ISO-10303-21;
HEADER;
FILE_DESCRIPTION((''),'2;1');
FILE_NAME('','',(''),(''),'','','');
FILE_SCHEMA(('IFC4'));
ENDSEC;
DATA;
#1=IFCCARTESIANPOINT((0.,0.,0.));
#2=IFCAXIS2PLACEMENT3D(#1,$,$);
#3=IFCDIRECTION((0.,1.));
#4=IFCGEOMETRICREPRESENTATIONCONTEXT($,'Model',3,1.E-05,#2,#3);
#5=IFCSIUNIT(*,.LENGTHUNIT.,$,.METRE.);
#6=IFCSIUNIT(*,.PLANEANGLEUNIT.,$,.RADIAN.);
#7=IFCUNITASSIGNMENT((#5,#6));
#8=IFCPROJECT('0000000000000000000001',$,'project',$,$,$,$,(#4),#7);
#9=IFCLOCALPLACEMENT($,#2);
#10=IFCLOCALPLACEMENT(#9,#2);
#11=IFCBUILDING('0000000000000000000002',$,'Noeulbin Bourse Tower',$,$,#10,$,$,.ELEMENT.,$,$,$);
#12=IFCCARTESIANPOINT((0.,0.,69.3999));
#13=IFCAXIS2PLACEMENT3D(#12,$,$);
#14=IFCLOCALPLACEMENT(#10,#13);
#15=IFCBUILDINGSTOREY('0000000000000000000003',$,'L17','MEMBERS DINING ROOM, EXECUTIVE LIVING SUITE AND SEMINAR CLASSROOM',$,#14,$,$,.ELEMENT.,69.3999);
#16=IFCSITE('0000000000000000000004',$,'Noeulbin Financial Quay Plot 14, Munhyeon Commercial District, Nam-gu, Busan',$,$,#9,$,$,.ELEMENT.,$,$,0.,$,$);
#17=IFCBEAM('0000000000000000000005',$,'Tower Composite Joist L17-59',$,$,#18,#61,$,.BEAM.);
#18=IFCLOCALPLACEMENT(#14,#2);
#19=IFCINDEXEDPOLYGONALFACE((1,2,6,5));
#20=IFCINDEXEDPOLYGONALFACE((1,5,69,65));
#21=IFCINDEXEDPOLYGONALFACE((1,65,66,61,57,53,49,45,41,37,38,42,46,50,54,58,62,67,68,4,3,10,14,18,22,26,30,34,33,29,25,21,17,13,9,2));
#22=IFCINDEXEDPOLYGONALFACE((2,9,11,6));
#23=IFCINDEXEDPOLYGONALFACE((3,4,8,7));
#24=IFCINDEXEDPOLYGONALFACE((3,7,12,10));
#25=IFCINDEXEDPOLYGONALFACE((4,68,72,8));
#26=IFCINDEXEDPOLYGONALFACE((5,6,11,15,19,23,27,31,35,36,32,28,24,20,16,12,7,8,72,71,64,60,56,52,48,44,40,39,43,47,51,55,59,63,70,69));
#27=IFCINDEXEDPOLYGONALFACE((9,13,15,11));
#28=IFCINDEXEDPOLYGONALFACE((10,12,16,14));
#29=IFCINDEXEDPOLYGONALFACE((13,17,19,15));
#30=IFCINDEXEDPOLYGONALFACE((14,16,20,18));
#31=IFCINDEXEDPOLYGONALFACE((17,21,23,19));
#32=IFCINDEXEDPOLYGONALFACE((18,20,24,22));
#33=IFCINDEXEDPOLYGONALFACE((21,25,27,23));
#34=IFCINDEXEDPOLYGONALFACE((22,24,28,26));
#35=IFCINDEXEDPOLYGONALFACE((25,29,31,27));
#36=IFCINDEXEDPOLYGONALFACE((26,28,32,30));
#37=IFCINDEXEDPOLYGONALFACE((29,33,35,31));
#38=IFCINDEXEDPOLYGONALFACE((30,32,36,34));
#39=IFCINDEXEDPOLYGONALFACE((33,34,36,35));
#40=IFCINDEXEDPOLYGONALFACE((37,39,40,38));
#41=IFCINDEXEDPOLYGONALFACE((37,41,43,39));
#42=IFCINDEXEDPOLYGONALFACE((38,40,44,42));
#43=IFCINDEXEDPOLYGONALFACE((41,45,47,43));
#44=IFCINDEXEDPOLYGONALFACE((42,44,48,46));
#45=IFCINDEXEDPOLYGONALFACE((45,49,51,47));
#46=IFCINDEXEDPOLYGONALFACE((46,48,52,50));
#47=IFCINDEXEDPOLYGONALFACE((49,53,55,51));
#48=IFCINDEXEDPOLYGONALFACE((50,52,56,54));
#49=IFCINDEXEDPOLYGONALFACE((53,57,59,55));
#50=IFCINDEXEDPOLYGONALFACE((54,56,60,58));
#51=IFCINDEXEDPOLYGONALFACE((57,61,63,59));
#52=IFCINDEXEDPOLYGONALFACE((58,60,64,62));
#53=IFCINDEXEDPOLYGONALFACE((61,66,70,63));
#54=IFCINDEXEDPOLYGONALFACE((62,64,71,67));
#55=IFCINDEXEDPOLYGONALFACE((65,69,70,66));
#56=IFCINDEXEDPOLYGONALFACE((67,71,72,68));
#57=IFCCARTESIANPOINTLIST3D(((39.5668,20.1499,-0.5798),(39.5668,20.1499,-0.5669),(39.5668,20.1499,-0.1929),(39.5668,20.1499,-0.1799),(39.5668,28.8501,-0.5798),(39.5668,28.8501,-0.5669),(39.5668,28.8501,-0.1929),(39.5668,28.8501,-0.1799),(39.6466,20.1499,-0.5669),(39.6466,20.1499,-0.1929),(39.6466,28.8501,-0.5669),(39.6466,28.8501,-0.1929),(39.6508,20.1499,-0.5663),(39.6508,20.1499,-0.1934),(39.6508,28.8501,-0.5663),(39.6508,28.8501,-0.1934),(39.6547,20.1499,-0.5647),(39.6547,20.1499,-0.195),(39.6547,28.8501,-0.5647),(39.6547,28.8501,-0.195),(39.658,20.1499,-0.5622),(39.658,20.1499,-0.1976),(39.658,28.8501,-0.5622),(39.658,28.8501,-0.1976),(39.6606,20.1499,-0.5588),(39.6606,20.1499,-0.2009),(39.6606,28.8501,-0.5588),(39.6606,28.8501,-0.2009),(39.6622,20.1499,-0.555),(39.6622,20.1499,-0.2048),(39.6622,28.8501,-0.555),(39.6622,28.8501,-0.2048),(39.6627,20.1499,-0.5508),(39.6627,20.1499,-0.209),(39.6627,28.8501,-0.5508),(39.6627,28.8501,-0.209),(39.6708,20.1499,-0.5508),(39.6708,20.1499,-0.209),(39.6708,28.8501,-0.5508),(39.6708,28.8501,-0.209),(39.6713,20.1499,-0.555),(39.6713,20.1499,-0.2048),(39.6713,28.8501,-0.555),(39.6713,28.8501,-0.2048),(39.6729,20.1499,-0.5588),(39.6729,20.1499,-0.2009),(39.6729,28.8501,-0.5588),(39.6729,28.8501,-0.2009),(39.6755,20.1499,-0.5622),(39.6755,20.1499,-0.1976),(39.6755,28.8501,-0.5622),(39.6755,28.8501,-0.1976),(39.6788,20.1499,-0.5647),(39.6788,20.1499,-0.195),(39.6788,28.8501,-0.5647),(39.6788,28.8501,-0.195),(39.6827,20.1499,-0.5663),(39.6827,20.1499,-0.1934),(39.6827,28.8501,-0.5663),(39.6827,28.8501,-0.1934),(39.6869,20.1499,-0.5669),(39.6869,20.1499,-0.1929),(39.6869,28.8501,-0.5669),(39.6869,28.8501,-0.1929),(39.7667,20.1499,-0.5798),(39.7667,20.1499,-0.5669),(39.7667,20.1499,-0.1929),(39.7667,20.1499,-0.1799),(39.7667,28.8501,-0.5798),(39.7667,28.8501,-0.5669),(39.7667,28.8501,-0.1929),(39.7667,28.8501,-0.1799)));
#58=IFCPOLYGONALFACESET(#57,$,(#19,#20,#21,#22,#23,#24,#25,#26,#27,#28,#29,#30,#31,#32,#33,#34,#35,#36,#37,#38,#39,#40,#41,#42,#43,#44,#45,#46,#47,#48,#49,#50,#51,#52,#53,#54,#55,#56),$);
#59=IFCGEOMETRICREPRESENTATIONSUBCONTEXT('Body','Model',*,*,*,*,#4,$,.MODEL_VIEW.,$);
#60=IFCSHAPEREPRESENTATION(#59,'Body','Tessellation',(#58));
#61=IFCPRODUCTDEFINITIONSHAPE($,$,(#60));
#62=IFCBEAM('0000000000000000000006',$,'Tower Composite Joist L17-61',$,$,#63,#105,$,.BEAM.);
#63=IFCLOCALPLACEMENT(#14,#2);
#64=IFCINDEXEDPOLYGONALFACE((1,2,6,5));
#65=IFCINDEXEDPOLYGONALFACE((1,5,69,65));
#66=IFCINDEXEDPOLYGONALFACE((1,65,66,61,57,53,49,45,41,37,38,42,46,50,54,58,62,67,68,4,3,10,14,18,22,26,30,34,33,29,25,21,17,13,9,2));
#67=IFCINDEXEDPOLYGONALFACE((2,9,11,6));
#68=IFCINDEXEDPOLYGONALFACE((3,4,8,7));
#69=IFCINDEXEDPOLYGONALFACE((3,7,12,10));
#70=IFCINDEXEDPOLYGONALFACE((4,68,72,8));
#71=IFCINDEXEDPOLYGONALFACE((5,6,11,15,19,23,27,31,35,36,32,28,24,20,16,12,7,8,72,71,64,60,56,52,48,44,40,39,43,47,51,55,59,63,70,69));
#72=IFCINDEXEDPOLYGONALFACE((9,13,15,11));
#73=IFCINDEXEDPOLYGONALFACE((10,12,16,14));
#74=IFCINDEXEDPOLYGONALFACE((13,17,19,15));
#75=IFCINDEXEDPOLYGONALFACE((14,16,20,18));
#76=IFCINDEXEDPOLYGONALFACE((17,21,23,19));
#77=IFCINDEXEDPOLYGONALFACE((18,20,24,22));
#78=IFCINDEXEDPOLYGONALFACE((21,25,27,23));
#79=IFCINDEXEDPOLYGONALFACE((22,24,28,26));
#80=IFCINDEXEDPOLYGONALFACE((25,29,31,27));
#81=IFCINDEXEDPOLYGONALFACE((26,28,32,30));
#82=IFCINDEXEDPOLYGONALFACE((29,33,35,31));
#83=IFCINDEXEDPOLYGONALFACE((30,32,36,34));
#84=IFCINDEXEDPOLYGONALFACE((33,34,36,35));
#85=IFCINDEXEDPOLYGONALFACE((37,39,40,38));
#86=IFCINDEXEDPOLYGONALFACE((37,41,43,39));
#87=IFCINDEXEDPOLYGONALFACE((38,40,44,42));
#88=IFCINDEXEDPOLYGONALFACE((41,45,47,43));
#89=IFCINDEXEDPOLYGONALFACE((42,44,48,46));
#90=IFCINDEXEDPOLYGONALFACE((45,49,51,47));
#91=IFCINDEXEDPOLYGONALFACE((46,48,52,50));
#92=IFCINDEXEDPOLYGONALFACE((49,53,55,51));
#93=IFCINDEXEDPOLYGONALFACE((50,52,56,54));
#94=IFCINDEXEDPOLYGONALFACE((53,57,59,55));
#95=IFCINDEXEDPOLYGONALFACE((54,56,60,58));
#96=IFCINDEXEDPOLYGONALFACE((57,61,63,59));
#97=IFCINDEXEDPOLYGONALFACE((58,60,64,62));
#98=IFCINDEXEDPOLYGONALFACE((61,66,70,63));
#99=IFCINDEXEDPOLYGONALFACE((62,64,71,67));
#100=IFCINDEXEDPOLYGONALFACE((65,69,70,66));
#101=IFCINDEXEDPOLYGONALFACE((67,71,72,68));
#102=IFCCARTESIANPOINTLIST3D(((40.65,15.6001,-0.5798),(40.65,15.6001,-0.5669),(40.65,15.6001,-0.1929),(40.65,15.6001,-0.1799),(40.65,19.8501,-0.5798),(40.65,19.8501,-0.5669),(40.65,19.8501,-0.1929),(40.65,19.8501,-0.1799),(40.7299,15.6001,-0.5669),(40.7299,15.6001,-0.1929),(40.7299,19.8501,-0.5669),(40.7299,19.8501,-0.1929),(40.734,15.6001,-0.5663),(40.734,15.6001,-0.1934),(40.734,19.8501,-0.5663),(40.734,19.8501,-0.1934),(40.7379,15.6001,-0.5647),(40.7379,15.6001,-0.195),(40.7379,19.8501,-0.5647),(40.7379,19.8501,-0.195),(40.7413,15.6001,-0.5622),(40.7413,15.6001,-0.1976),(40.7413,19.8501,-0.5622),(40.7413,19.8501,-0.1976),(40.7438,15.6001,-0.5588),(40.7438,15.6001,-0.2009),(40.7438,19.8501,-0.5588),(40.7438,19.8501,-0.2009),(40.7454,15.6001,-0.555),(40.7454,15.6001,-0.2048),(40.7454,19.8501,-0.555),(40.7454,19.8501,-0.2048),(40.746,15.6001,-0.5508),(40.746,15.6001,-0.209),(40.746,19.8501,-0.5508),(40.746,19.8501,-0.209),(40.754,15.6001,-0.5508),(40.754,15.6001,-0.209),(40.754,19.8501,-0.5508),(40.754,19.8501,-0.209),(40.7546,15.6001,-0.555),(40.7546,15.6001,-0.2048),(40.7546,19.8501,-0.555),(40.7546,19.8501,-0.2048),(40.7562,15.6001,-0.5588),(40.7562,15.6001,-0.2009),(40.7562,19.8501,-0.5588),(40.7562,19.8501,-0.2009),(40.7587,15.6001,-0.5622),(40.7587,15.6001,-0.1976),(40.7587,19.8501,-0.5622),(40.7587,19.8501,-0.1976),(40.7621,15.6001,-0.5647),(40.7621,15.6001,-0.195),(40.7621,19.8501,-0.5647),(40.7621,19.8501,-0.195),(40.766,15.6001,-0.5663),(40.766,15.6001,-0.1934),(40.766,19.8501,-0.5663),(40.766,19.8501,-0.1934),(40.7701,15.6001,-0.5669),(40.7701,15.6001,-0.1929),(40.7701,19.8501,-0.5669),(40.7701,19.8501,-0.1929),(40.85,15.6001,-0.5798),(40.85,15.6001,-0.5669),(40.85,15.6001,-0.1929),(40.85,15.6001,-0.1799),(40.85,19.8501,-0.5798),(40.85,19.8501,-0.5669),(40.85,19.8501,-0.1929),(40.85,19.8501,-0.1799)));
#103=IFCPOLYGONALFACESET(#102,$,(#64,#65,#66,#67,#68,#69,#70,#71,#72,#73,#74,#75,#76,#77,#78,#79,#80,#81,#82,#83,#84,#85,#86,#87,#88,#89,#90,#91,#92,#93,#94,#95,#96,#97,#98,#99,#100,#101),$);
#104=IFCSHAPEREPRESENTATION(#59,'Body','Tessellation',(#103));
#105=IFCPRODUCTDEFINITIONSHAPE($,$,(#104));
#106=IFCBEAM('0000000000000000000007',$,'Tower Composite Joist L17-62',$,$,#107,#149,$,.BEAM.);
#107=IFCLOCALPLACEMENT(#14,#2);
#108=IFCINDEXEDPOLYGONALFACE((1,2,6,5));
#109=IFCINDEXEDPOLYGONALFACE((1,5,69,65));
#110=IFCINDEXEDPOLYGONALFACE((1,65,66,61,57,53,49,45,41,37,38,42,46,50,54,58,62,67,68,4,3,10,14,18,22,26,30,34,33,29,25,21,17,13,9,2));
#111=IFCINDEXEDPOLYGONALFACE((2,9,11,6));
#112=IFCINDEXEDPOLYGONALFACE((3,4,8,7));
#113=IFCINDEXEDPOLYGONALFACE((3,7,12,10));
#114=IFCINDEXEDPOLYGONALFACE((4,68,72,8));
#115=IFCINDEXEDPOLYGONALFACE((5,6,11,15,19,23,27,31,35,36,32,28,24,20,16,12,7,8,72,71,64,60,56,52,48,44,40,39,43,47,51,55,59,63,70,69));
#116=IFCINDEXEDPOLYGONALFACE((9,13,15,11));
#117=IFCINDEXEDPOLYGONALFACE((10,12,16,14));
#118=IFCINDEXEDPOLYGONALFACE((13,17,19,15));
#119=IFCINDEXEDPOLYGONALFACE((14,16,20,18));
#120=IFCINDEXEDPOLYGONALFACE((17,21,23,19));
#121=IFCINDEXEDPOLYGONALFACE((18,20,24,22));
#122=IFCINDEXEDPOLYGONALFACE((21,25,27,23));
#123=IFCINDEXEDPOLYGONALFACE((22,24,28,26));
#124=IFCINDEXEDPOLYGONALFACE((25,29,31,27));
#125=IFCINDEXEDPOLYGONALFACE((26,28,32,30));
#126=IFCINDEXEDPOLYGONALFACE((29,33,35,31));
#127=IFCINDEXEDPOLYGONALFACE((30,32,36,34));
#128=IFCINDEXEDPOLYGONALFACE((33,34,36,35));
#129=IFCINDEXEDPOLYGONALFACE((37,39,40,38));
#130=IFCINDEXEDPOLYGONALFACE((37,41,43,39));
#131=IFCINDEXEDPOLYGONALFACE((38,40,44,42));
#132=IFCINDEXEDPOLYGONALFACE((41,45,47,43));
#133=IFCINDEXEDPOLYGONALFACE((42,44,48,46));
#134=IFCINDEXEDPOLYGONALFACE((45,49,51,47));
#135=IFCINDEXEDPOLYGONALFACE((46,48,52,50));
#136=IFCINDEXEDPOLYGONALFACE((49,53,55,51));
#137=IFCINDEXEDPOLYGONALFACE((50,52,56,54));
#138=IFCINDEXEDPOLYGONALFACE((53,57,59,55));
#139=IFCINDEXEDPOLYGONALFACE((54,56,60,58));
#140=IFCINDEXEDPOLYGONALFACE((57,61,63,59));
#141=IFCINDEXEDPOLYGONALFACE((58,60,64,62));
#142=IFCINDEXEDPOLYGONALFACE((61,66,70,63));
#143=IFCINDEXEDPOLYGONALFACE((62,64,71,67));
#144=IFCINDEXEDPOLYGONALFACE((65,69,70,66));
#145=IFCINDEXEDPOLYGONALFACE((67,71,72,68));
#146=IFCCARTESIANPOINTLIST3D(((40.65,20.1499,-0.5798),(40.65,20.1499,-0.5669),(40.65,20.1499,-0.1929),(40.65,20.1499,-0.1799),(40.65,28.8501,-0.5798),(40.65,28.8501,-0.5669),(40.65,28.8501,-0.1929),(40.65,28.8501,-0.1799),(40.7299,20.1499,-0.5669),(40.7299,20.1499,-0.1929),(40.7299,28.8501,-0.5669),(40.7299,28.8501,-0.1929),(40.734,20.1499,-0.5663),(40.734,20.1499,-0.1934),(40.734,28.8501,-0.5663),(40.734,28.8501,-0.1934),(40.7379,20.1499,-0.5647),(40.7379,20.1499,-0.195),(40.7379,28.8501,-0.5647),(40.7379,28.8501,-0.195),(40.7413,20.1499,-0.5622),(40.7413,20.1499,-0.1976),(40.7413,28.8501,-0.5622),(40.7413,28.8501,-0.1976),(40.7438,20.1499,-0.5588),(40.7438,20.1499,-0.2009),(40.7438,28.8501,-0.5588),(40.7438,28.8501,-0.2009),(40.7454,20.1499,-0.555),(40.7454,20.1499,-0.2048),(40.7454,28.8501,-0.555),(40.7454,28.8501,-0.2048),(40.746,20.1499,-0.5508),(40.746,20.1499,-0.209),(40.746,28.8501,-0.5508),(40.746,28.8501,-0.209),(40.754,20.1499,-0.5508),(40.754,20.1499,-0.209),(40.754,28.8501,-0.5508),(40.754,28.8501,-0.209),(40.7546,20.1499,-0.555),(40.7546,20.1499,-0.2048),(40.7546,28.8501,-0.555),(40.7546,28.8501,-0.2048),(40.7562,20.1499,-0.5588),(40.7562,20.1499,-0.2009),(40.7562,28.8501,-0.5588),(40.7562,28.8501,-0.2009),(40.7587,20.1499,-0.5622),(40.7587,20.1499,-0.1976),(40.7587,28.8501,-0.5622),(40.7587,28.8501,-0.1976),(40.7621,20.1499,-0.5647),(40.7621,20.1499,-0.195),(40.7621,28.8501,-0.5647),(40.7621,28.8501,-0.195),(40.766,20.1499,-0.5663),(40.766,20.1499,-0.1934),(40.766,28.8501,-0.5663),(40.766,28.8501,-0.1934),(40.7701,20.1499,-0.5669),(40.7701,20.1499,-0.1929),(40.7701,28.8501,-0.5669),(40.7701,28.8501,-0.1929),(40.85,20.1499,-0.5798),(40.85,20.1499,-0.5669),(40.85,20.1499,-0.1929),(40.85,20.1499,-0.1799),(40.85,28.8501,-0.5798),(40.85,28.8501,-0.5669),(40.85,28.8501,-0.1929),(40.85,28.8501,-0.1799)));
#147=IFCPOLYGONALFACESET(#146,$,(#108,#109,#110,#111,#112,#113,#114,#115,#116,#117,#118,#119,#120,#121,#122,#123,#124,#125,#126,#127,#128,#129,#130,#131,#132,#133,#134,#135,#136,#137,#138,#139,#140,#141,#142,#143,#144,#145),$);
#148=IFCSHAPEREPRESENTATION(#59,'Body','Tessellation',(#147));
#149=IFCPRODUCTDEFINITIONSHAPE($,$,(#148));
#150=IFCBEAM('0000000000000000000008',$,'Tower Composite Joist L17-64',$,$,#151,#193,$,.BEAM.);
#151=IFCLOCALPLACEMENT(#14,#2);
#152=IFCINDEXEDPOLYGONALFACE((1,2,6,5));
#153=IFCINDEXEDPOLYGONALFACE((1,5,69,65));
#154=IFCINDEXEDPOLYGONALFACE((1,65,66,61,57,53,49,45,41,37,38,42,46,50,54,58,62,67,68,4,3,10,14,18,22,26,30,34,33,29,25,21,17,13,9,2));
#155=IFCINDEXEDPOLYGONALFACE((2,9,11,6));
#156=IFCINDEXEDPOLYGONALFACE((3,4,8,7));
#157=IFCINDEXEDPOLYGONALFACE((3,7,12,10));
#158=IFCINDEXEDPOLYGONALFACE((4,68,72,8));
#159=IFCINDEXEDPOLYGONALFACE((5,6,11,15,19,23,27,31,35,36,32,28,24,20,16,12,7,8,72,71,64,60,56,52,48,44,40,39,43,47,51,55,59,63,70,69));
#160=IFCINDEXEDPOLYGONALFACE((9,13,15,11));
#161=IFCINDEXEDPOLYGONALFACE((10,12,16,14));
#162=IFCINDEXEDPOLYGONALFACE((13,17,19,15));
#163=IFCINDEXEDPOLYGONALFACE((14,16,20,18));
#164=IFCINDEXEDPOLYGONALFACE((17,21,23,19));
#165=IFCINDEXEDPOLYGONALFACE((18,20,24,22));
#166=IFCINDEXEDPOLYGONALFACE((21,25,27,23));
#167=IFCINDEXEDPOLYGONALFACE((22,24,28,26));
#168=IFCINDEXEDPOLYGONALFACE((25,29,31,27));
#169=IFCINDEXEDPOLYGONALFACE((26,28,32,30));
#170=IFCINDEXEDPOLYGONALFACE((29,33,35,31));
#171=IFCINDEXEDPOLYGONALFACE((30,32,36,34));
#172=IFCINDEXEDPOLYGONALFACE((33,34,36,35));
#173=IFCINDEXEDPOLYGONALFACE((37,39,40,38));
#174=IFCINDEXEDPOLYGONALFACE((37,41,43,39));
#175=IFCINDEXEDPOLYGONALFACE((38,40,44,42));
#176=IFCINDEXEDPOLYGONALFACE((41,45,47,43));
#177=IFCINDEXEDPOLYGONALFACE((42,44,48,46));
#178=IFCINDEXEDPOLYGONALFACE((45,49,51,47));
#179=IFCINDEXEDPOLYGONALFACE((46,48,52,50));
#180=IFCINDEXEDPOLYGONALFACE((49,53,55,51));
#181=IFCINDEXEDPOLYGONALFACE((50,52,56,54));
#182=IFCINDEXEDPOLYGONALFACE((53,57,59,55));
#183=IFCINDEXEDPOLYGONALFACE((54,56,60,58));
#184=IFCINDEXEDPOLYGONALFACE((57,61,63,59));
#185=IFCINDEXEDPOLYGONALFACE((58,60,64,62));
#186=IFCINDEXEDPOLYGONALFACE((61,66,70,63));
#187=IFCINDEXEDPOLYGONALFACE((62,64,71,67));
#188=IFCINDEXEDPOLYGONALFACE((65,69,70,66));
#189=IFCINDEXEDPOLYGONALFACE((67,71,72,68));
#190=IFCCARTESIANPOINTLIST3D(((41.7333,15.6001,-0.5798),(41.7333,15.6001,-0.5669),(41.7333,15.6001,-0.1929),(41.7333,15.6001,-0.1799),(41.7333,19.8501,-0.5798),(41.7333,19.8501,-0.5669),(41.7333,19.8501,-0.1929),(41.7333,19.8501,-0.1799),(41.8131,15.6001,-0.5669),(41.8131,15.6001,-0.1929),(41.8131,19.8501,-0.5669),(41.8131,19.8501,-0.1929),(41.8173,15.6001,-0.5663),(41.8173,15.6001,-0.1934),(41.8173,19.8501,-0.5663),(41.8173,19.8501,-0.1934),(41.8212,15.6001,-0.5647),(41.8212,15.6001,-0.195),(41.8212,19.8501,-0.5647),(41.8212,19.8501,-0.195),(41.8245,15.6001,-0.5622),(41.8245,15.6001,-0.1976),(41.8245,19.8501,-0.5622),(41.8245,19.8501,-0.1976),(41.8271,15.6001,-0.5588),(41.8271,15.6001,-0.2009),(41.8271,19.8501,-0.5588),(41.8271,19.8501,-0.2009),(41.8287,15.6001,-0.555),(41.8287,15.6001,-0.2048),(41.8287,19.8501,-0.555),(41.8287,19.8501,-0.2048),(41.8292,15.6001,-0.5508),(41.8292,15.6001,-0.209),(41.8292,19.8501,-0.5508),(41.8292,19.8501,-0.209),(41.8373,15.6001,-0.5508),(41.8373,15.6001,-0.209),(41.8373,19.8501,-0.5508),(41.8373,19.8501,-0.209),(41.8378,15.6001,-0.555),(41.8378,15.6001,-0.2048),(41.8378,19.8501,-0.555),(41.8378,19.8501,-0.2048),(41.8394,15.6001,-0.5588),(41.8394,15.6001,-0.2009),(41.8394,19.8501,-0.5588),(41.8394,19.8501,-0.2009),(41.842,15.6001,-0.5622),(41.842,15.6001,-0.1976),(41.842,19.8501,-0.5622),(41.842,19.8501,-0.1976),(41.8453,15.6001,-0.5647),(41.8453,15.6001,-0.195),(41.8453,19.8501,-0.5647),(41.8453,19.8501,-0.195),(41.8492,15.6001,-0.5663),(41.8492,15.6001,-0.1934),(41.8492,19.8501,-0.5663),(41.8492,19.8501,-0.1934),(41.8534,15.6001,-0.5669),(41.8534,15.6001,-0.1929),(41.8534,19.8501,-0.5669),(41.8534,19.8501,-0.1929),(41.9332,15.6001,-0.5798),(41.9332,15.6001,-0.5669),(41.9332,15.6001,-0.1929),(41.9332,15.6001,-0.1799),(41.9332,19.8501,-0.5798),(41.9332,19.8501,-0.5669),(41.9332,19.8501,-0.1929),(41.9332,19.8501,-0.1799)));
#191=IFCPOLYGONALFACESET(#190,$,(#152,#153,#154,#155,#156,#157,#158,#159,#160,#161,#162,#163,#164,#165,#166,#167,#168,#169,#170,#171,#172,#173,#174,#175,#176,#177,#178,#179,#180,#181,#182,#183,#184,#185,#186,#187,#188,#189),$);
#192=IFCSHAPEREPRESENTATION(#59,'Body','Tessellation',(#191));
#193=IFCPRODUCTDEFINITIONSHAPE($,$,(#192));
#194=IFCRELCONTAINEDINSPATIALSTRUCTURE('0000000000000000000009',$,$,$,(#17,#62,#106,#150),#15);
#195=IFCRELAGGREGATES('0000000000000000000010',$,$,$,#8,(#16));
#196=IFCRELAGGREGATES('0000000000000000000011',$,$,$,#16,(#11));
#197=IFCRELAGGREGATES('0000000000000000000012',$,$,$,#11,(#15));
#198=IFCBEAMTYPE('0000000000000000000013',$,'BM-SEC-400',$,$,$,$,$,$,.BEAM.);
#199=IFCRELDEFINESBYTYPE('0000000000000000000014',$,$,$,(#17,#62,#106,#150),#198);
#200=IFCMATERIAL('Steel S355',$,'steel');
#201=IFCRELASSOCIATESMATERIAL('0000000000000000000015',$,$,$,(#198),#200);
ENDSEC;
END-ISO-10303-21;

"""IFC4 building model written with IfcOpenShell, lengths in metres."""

from ifc_helpers import new_model, si_unit, direction, frame, origin, origin_2d, place, context, subcontext, project, spatial, i_section, extrude, material, material_profile, profile_set, type_object, element, save


model = new_model("IFC4")

# Units and contexts
model_context = context("Model", 3, precision=1e-05, world=origin(), true_north=direction((0.0, 1.0)))
body_context = subcontext(model_context, "Body", "Model", "MODEL_VIEW")
ifc_project = project(units=[si_unit("LENGTHUNIT", "METRE"), si_unit("PLANEANGLEUNIT", "RADIAN")], contexts=[model_context])

# Site, building, storey
site_placement = place(None, origin())
site = spatial("IfcSite", under=ifc_project, at=site_placement, Name="Noeulbin Financial Quay Plot 14, Munhyeon Commercial District, Nam-gu, Busan", CompositionType="ELEMENT", RefElevation=0.0)
building_placement = place(site_placement, origin())
building = spatial("IfcBuilding", under=site, at=building_placement, Name="Noeulbin Bourse Tower", CompositionType="ELEMENT")
storey_placement = place(building_placement, frame((0.0, 0.0, 69.3999)))
storey = spatial("IfcBuildingStorey", under=building, at=storey_placement, Name="L17", Description="MEMBERS DINING ROOM, EXECUTIVE LIVING SUITE AND SEMINAR CLASSROOM", CompositionType="ELEMENT", Elevation=69.3999)

# Beams
ifc_material_1 = material(Name="Steel S355", Category="steel")
ifc_material_profile_1 = material_profile(ifc_material_1, i_section(OverallWidth=0.2, OverallDepth=0.3999, WebThickness=0.0081, FlangeThickness=0.0129, FilletRadius=0.0161, at=origin_2d()), Name="H-400x200x8x13", Category="LoadBearing")
ifc_profile_set_1 = profile_set([ifc_material_profile_1], Name="Steel S355")
beam_type_1 = type_object("IfcBeamType", Name="BM-SEC-400", PredefinedType="BEAM", material=ifc_profile_set_1)
beam_1_placement = place(storey_placement, frame((39.6667, 20.1499, -0.3799), z_axis=(0.0, 1.0, 0.0), x_axis=(-1.0, 0.0, 0.0)))
element("IfcBeam", 1, at=beam_1_placement, inside=storey, type_object=beam_type_1, Name="Tower Composite Joist L17-59", PredefinedType="BEAM", context=body_context, shape_type="SweptSolid", body=[
    extrude(i_section(OverallWidth=0.2, OverallDepth=0.3999, WebThickness=0.0081, FlangeThickness=0.0129, FilletRadius=0.0161, at=origin_2d()), origin(), (0.0, 0.0, 1.0), 8.7002),
])
beam_2_placement = place(storey_placement, frame((40.75, 15.6001, -0.3799), z_axis=(0.0, 1.0, 0.0), x_axis=(-1.0, 0.0, 0.0)))
element("IfcBeam", 2, at=beam_2_placement, inside=storey, type_object=beam_type_1, Name="Tower Composite Joist L17-61", PredefinedType="BEAM", context=body_context, shape_type="SweptSolid", body=[
    extrude(i_section(OverallWidth=0.2, OverallDepth=0.3999, WebThickness=0.0081, FlangeThickness=0.0129, FilletRadius=0.0161, at=origin_2d()), origin(), (0.0, 0.0, 1.0), 4.25),
])
beam_3_placement = place(storey_placement, frame((40.75, 20.1499, -0.3799), z_axis=(0.0, 1.0, 0.0), x_axis=(-1.0, 0.0, 0.0)))
element("IfcBeam", 3, at=beam_3_placement, inside=storey, type_object=beam_type_1, Name="Tower Composite Joist L17-62", PredefinedType="BEAM", context=body_context, shape_type="SweptSolid", body=[
    extrude(i_section(OverallWidth=0.2, OverallDepth=0.3999, WebThickness=0.0081, FlangeThickness=0.0129, FilletRadius=0.0161, at=origin_2d()), origin(), (0.0, 0.0, 1.0), 8.7002),
])
beam_4_placement = place(storey_placement, frame((41.8333, 15.6001, -0.3799), z_axis=(0.0, 1.0, 0.0), x_axis=(-1.0, 0.0, 0.0)))
element("IfcBeam", 4, at=beam_4_placement, inside=storey, type_object=beam_type_1, Name="Tower Composite Joist L17-64", PredefinedType="BEAM", context=body_context, shape_type="SweptSolid", body=[
    extrude(i_section(OverallWidth=0.2, OverallDepth=0.3999, WebThickness=0.0081, FlangeThickness=0.0129, FilletRadius=0.0161, at=origin_2d()), origin(), (0.0, 0.0, 1.0), 4.25),
])

save(model, "model.ifc")
